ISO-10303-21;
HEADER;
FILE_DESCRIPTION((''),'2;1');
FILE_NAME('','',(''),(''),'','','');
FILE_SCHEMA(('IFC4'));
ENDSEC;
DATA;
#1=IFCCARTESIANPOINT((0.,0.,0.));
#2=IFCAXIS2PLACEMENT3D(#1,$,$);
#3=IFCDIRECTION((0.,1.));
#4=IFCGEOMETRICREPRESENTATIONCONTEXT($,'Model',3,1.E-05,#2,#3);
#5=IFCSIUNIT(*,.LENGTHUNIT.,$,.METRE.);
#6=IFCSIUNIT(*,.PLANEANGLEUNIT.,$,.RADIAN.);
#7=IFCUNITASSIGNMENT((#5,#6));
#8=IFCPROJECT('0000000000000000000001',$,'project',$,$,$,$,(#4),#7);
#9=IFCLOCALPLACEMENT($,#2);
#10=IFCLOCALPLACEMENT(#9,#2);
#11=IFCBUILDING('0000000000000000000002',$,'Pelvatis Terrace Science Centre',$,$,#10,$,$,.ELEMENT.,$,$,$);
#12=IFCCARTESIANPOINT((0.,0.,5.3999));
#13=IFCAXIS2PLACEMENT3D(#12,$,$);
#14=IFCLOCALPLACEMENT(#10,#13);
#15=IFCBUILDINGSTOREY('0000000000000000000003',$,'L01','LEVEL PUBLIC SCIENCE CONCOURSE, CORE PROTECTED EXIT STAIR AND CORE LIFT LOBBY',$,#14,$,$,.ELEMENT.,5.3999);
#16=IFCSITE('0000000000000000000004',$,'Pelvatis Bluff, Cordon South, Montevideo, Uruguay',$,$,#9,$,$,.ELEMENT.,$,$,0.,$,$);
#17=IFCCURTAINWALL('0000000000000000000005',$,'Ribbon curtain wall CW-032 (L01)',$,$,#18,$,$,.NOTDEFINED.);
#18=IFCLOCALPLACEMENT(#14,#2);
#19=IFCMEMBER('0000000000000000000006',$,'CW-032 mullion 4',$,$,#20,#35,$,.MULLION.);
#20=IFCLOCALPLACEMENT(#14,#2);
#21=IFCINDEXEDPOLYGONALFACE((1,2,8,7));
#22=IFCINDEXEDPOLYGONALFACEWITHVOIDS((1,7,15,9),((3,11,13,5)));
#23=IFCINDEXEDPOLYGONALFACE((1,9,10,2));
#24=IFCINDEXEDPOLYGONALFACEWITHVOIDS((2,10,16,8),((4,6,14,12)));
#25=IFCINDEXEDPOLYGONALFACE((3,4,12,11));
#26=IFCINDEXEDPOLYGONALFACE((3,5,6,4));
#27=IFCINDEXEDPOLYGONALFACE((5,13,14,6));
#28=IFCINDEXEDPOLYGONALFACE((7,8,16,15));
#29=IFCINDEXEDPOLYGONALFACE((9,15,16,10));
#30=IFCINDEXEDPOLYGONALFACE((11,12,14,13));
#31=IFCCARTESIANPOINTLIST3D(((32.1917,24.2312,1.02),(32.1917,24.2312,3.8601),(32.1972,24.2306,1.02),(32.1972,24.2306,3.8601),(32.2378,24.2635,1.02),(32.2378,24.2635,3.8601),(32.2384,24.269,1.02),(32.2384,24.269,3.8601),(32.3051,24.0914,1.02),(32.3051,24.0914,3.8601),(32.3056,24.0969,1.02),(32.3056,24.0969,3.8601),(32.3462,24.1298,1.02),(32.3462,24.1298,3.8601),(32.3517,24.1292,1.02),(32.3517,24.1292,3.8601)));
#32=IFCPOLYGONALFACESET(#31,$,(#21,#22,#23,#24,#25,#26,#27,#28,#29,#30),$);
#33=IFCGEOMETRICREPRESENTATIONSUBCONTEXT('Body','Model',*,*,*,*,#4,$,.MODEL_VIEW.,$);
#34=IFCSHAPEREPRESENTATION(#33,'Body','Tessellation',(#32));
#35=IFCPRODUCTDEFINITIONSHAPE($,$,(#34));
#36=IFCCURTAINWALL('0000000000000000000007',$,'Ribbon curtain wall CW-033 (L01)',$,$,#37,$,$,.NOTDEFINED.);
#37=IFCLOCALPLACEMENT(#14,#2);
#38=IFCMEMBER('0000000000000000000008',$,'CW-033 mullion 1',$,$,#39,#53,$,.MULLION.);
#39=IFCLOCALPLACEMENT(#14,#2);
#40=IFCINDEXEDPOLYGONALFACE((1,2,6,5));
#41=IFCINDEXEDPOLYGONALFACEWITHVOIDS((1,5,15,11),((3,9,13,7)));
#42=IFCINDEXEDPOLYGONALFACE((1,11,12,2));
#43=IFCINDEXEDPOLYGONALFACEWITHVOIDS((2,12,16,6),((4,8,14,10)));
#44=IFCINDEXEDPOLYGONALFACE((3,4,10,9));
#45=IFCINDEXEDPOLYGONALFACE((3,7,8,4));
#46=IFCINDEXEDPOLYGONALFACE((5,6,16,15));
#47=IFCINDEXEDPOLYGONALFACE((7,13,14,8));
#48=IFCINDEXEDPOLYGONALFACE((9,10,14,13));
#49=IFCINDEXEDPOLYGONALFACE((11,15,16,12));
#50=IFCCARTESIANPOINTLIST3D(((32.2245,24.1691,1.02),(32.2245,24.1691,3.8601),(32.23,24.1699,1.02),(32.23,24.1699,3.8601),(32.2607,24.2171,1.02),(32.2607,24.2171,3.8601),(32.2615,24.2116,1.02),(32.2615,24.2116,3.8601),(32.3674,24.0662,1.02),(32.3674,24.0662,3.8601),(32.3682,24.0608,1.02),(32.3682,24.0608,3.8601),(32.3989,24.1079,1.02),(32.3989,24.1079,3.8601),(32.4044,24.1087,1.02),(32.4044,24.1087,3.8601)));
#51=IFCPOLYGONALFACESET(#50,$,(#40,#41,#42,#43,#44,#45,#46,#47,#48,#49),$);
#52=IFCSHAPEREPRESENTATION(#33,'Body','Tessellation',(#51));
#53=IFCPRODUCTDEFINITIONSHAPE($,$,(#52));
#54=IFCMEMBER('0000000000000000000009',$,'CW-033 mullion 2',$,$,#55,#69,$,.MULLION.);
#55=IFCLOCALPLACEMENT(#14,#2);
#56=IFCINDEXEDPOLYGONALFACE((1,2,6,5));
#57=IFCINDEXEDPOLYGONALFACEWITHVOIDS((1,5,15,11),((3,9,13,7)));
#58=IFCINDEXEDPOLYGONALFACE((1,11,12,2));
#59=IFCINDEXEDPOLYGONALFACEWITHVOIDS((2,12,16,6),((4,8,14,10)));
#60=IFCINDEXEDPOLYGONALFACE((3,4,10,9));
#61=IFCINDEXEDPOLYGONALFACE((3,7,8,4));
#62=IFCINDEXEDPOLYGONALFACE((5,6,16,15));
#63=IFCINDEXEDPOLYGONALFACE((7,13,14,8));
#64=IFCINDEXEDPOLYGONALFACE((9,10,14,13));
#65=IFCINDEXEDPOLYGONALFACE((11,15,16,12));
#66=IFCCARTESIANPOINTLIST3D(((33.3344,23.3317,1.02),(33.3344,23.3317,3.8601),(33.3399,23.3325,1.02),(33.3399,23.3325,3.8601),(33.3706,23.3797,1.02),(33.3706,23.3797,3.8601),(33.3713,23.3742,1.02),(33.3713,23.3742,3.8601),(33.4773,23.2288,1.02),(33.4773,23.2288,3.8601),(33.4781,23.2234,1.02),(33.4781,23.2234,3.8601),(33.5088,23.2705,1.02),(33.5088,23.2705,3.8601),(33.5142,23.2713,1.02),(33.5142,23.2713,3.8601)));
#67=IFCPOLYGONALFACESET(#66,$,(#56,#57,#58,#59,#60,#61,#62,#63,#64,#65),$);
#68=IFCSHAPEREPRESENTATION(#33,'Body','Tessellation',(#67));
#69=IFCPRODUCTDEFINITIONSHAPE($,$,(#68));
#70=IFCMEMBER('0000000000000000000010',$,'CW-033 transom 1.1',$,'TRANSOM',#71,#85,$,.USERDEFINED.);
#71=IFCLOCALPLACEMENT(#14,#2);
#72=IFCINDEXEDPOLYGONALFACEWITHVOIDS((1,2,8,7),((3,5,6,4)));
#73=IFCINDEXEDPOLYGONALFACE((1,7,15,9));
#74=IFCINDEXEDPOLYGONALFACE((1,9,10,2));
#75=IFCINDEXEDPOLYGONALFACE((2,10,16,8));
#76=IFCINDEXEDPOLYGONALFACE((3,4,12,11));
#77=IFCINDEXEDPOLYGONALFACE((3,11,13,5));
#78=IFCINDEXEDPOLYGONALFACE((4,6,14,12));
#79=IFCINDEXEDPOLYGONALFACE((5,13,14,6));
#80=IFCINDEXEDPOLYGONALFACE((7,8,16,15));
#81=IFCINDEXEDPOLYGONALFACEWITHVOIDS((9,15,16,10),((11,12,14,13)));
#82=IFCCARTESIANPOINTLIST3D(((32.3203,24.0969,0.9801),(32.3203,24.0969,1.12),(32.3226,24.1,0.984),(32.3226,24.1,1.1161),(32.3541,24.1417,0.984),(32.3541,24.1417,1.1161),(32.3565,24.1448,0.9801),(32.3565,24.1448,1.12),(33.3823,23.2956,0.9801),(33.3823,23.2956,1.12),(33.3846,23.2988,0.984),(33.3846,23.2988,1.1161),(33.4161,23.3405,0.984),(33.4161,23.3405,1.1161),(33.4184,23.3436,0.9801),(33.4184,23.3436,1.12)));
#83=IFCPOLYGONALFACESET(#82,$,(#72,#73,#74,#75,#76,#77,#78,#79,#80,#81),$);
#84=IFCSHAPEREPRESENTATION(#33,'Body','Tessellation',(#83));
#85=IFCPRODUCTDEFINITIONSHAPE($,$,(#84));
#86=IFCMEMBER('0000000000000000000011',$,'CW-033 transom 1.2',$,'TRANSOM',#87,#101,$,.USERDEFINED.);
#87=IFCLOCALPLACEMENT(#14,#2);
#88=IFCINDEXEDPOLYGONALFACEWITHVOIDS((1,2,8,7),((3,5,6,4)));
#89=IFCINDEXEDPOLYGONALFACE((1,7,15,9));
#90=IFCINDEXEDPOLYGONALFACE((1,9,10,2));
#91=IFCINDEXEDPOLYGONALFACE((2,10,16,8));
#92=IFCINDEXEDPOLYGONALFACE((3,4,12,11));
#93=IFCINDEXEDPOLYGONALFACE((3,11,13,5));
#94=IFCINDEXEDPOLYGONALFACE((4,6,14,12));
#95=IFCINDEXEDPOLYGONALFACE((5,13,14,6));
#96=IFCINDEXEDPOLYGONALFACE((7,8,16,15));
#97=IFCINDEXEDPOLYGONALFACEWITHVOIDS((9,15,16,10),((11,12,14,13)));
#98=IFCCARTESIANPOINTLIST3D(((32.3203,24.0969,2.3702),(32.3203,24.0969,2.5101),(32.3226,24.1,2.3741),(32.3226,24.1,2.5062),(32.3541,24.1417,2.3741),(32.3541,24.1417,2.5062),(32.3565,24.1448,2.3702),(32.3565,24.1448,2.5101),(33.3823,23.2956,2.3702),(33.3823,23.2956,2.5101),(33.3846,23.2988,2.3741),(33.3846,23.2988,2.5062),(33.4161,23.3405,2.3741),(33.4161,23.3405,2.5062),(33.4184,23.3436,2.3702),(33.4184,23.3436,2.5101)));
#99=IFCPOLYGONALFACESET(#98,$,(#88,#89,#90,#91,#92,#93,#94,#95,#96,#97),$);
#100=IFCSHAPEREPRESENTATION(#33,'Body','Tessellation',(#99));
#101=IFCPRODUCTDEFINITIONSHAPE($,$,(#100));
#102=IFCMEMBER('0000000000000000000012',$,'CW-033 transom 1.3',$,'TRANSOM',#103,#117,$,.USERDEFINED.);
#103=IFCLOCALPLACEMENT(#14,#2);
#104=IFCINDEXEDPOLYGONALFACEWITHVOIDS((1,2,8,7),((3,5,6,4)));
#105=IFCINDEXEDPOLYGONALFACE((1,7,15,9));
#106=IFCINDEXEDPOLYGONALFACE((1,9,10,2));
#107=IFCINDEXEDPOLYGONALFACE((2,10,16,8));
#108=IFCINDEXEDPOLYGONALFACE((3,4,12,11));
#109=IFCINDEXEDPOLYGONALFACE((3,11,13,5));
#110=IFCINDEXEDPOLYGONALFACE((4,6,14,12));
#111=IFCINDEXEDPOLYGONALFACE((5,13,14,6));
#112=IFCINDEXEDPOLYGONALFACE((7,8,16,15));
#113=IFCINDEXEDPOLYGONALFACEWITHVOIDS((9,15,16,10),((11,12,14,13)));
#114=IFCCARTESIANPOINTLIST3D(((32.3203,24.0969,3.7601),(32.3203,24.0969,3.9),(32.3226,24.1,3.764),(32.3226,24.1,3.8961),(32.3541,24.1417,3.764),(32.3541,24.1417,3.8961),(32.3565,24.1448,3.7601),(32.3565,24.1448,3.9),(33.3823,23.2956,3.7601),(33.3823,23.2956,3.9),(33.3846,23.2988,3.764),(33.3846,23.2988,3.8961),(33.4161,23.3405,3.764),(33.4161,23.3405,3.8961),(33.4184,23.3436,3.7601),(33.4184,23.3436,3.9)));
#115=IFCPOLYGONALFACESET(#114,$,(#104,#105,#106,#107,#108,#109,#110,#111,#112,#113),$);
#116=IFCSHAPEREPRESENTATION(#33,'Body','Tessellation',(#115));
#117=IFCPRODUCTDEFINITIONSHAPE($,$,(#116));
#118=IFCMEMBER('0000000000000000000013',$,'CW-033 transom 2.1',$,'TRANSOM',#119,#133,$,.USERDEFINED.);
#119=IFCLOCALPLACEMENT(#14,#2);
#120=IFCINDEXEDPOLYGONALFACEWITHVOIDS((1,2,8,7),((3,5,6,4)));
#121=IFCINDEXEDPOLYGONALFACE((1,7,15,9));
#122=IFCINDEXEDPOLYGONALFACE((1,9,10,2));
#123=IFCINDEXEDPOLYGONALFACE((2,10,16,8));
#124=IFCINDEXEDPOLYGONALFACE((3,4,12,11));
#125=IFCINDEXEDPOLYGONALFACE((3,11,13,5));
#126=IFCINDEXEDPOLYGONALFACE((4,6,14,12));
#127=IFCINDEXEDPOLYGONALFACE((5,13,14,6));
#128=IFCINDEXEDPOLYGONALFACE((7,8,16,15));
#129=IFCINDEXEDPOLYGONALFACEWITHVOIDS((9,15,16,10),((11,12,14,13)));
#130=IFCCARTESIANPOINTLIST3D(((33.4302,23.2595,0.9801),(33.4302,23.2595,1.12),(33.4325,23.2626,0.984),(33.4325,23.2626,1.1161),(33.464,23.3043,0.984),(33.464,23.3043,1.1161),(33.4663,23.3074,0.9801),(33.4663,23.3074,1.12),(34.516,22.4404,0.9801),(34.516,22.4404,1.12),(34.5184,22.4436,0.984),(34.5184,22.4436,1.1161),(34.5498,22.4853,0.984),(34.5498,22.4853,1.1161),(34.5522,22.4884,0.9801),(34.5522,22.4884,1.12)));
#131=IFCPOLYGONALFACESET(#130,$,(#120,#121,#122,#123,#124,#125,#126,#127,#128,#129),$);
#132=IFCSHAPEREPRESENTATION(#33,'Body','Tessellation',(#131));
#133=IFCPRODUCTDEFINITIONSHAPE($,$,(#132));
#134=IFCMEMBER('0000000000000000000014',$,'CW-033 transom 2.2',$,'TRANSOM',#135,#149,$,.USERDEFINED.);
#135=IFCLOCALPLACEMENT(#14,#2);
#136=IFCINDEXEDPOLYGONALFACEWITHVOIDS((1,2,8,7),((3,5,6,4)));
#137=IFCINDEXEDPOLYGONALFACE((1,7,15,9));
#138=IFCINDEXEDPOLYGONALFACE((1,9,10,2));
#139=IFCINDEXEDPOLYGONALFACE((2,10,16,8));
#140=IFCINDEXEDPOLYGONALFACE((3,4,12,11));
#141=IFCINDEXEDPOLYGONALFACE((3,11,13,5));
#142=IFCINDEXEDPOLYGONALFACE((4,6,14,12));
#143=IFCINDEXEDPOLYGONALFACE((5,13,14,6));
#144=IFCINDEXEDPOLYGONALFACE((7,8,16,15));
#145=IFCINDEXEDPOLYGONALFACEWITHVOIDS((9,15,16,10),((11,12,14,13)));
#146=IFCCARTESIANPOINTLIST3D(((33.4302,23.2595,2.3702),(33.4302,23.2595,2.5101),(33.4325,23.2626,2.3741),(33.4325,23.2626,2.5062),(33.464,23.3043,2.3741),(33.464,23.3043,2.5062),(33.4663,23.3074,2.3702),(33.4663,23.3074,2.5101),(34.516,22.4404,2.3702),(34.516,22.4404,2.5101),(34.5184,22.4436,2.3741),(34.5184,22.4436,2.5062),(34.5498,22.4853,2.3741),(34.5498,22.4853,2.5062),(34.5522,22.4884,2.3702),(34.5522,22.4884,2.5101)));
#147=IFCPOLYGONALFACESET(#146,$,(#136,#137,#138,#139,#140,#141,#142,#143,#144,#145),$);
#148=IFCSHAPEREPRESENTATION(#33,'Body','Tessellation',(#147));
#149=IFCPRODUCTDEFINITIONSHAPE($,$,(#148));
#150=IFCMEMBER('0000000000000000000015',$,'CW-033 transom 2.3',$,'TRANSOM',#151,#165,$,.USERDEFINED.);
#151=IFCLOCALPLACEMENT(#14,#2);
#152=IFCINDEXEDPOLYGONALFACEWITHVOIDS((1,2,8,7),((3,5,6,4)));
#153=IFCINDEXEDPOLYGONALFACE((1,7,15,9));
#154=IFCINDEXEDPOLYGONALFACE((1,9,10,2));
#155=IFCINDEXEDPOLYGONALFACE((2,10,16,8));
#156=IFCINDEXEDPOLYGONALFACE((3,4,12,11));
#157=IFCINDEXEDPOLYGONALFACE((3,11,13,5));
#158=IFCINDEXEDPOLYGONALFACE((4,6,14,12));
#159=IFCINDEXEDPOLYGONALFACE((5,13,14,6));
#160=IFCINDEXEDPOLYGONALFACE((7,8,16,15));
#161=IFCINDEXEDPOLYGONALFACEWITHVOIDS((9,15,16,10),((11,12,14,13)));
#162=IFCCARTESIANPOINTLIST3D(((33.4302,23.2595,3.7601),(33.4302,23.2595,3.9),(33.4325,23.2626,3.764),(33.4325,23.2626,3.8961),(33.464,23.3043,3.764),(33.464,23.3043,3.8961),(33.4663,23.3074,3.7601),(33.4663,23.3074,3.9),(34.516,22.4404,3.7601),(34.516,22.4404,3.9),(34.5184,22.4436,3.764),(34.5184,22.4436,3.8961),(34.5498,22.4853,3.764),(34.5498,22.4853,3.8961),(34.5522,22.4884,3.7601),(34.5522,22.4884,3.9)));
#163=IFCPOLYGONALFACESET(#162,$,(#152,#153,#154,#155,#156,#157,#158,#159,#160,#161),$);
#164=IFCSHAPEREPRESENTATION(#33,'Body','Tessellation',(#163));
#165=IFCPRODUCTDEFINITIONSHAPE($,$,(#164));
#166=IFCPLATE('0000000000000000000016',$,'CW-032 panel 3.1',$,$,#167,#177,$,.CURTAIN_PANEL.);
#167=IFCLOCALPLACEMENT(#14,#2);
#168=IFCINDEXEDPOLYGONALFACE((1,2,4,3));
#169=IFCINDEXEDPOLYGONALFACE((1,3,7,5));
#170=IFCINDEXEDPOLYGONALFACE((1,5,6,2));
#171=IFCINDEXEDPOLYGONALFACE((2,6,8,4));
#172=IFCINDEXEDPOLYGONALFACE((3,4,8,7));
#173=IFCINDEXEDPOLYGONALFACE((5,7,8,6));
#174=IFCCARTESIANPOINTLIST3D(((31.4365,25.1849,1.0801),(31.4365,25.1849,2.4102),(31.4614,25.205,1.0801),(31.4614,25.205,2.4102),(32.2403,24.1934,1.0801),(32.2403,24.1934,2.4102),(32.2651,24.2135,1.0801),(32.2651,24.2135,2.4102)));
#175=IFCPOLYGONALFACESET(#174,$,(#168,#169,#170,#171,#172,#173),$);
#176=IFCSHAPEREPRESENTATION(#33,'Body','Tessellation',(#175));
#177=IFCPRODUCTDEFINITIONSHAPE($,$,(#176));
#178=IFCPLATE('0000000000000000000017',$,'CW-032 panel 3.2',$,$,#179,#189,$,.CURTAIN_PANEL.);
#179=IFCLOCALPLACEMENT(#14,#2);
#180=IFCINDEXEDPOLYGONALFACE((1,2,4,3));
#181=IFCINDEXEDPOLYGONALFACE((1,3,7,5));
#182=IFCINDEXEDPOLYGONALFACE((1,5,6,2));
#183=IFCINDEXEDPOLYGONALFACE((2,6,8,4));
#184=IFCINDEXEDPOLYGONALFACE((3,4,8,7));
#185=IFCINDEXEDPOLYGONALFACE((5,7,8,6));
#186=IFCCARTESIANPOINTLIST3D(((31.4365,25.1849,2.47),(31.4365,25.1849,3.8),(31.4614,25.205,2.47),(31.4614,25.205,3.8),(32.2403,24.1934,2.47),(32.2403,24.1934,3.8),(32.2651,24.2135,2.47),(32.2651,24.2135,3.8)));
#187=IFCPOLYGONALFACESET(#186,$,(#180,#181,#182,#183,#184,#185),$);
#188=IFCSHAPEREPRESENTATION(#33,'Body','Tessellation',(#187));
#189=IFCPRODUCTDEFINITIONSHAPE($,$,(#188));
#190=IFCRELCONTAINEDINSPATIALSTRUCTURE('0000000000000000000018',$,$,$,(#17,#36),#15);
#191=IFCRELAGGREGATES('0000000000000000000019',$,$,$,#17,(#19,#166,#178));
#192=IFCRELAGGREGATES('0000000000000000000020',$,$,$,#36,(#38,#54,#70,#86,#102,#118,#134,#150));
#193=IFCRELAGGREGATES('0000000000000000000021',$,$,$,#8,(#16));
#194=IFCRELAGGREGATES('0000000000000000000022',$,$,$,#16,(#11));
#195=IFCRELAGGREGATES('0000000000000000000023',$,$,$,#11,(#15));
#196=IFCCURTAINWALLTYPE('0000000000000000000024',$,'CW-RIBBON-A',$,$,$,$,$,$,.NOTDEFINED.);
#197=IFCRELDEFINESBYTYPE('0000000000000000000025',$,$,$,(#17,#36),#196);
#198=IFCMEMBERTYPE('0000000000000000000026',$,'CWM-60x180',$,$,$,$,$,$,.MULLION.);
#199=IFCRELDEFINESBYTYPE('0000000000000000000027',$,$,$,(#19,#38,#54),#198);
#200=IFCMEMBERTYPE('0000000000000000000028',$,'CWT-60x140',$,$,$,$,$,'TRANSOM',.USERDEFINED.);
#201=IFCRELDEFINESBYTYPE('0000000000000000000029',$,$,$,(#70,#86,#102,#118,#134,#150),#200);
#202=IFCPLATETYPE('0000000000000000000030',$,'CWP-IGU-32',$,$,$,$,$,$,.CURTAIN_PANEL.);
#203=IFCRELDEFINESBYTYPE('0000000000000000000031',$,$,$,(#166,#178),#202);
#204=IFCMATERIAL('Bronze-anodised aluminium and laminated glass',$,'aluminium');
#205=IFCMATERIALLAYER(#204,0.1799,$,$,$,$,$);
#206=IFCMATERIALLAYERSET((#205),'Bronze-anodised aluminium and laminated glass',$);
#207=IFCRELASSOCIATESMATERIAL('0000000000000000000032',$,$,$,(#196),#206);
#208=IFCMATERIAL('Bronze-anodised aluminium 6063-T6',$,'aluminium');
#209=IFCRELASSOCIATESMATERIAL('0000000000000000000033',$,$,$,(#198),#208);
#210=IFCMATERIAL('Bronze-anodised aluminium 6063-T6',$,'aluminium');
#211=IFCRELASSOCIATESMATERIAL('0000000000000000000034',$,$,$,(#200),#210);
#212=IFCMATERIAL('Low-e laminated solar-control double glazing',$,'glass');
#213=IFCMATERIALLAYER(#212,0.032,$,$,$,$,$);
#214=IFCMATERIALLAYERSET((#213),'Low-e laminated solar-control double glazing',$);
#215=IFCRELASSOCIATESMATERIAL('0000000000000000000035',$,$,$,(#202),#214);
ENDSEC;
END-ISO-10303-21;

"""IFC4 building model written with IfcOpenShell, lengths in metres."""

from ifc_helpers import new_model, si_unit, direction, frame, origin, origin_2d, place, context, subcontext, project, spatial, rectangle, hollow_rectangle, extrude, material, layer, layer_set, material_profile, profile_set, type_object, element, aggregate, save


model = new_model("IFC4")

# Units and contexts
model_context = context("Model", 3, precision=1e-05, world=origin(), true_north=direction((0.0, 1.0)))
body_context = subcontext(model_context, "Body", "Model", "MODEL_VIEW")
ifc_project = project(units=[si_unit("LENGTHUNIT", "METRE"), si_unit("PLANEANGLEUNIT", "RADIAN")], contexts=[model_context])

# Site, building, storey
site_placement = place(None, origin())
site = spatial("IfcSite", under=ifc_project, at=site_placement, Name="Pelvatis Bluff, Cordon South, Montevideo, Uruguay", CompositionType="ELEMENT", RefElevation=0.0)
building_placement = place(site_placement, origin())
building = spatial("IfcBuilding", under=site, at=building_placement, Name="Pelvatis Terrace Science Centre", CompositionType="ELEMENT")
storey_placement = place(building_placement, frame((0.0, 0.0, 5.3999)))
storey = spatial("IfcBuildingStorey", under=building, at=storey_placement, Name="L01", Description="LEVEL PUBLIC SCIENCE CONCOURSE, CORE PROTECTED EXIT STAIR AND CORE LIFT LOBBY", CompositionType="ELEMENT", Elevation=5.3999)

# Curtain wall, member
ifc_material_1 = material(Name="Bronze-anodised aluminium and laminated glass", Category="aluminium")
ifc_layer_1 = layer(ifc_material_1, 0.1799)
ifc_layer_set_1 = layer_set([ifc_layer_1], Name="Bronze-anodised aluminium and laminated glass")
curtain_wall_type = type_object("IfcCurtainWallType", Name="CW-RIBBON-A", PredefinedType="NOTDEFINED", material=ifc_layer_set_1)
curtain_wall_1_placement = place(storey_placement, origin())
curtain_wall_1 = element("IfcCurtainWall", 1, at=curtain_wall_1_placement, inside=storey, type_object=curtain_wall_type, Name="Ribbon curtain wall CW-032 (L01)", PredefinedType="NOTDEFINED")
ifc_material_2 = material(Name="Bronze-anodised aluminium 6063-T6", Category="aluminium")
ifc_material_profile_1 = material_profile(ifc_material_2, hollow_rectangle(XDim=0.0601, YDim=0.1799, WallThickness=0.0039, at=origin_2d()), Name="ALU-MUL 60x180")
ifc_profile_set_1 = profile_set([ifc_material_profile_1], Name="Bronze-anodised aluminium 6063-T6")
member_type_1 = type_object("IfcMemberType", Name="CWM-60x180", PredefinedType="MULLION", material=ifc_profile_set_1)
member_1_placement = place(storey_placement, frame((32.2717, 24.1802, 1.02), z_axis=(0.0, 0.0, 1.0), x_axis=(0.776811, 0.629734, 0.0)))
member_1 = element("IfcMember", 2, at=member_1_placement, type_object=member_type_1, Name="CW-032 mullion 4", PredefinedType="MULLION", context=body_context, shape_type="SweptSolid", body=[
    extrude(hollow_rectangle(XDim=0.0601, YDim=0.1799, WallThickness=0.0039, at=origin_2d()), origin(), (0.0, 0.0, 1.0), 2.8401),
])

# Curtain wall, members
curtain_wall_2_placement = place(storey_placement, origin())
curtain_wall_2 = element("IfcCurtainWall", 3, at=curtain_wall_2_placement, inside=storey, type_object=curtain_wall_type, Name="Ribbon curtain wall CW-033 (L01)", PredefinedType="NOTDEFINED")
member_2_placement = place(storey_placement, frame((32.3145, 24.1389, 1.02), z_axis=(0.0, 0.0, 1.0), x_axis=(0.602213, 0.798335, 0.0)))
member_2 = element("IfcMember", 4, at=member_2_placement, type_object=member_type_1, Name="CW-033 mullion 1", PredefinedType="MULLION", context=body_context, shape_type="SweptSolid", body=[
    extrude(hollow_rectangle(XDim=0.0601, YDim=0.1799, WallThickness=0.0039, at=origin_2d()), origin(), (0.0, 0.0, 1.0), 2.8401),
])
member_3_placement = place(storey_placement, frame((33.4243, 23.3015, 1.02), z_axis=(0.0, 0.0, 1.0), x_axis=(0.602213, 0.798335, 0.0)))
member_3 = element("IfcMember", 5, at=member_3_placement, type_object=member_type_1, Name="CW-033 mullion 2", PredefinedType="MULLION", context=body_context, shape_type="SweptSolid", body=[
    extrude(hollow_rectangle(XDim=0.0601, YDim=0.1799, WallThickness=0.0039, at=origin_2d()), origin(), (0.0, 0.0, 1.0), 2.8401),
])
ifc_material_3 = material(Name="Bronze-anodised aluminium 6063-T6", Category="aluminium")
ifc_material_profile_2 = material_profile(ifc_material_3, hollow_rectangle(XDim=0.0601, YDim=0.1399, WallThickness=0.0039, at=origin_2d()), Name="ALU-TRN 60x140")
ifc_profile_set_2 = profile_set([ifc_material_profile_2], Name="Bronze-anodised aluminium 6063-T6")
member_type_2 = type_object("IfcMemberType", Name="CWT-60x140", ElementType="TRANSOM", PredefinedType="USERDEFINED", material=ifc_profile_set_2)
member_4_placement = place(storey_placement, frame((32.3384, 24.1208, 1.05), z_axis=(0.798279, -0.602288, 0.0), x_axis=(0.602288, 0.798279, 0.0)))
member_4 = element("IfcMember", 6, at=member_4_placement, type_object=member_type_2, Name="CW-033 transom 1.1", ObjectType="TRANSOM", PredefinedType="USERDEFINED", context=body_context, shape_type="SweptSolid", body=[
    extrude(hollow_rectangle(XDim=0.0601, YDim=0.1399, WallThickness=0.0039, at=origin_2d()), origin(), (0.0, 0.0, 1.0), 1.3303),
])
member_5_placement = place(storey_placement, frame((32.3384, 24.1208, 2.4402), z_axis=(0.798279, -0.602288, 0.0), x_axis=(0.602288, 0.798279, 0.0)))
member_5 = element("IfcMember", 7, at=member_5_placement, type_object=member_type_2, Name="CW-033 transom 1.2", ObjectType="TRANSOM", PredefinedType="USERDEFINED", context=body_context, shape_type="SweptSolid", body=[
    extrude(hollow_rectangle(XDim=0.0601, YDim=0.1399, WallThickness=0.0039, at=origin_2d()), origin(), (0.0, 0.0, 1.0), 1.3303),
])
member_6_placement = place(storey_placement, frame((32.3384, 24.1208, 3.8301), z_axis=(0.798279, -0.602288, 0.0), x_axis=(0.602288, 0.798279, 0.0)))
member_6 = element("IfcMember", 8, at=member_6_placement, type_object=member_type_2, Name="CW-033 transom 1.3", ObjectType="TRANSOM", PredefinedType="USERDEFINED", context=body_context, shape_type="SweptSolid", body=[
    extrude(hollow_rectangle(XDim=0.0601, YDim=0.1399, WallThickness=0.0039, at=origin_2d()), origin(), (0.0, 0.0, 1.0), 1.3303),
])
member_7_placement = place(storey_placement, frame((33.4482, 23.2834, 1.05), z_axis=(0.79836, -0.60218, 0.0), x_axis=(0.60218, 0.79836, 0.0)))
member_7 = element("IfcMember", 9, at=member_7_placement, type_object=member_type_2, Name="CW-033 transom 2.1", ObjectType="TRANSOM", PredefinedType="USERDEFINED", context=body_context, shape_type="SweptSolid", body=[
    extrude(hollow_rectangle(XDim=0.0601, YDim=0.1399, WallThickness=0.0039, at=origin_2d()), origin(), (0.0, 0.0, 1.0), 1.3601),
])
member_8_placement = place(storey_placement, frame((33.4482, 23.2834, 2.4402), z_axis=(0.79836, -0.60218, 0.0), x_axis=(0.60218, 0.79836, 0.0)))
member_8 = element("IfcMember", 10, at=member_8_placement, type_object=member_type_2, Name="CW-033 transom 2.2", ObjectType="TRANSOM", PredefinedType="USERDEFINED", context=body_context, shape_type="SweptSolid", body=[
    extrude(hollow_rectangle(XDim=0.0601, YDim=0.1399, WallThickness=0.0039, at=origin_2d()), origin(), (0.0, 0.0, 1.0), 1.3601),
])
member_9_placement = place(storey_placement, frame((33.4482, 23.2834, 3.8301), z_axis=(0.79836, -0.60218, 0.0), x_axis=(0.60218, 0.79836, 0.0)))
member_9 = element("IfcMember", 11, at=member_9_placement, type_object=member_type_2, Name="CW-033 transom 2.3", ObjectType="TRANSOM", PredefinedType="USERDEFINED", context=body_context, shape_type="SweptSolid", body=[
    extrude(hollow_rectangle(XDim=0.0601, YDim=0.1399, WallThickness=0.0039, at=origin_2d()), origin(), (0.0, 0.0, 1.0), 1.3601),
])

# Plates
ifc_material_4 = material(Name="Low-e laminated solar-control double glazing", Category="glass")
ifc_layer_2 = layer(ifc_material_4, 0.032)
ifc_layer_set_2 = layer_set([ifc_layer_2], Name="Low-e laminated solar-control double glazing")
plate_type = type_object("IfcPlateType", Name="CWP-IGU-32", PredefinedType="CURTAIN_PANEL", material=ifc_layer_set_2)
plate_1_placement = place(storey_placement, frame((31.8508, 24.6992, 1.0801), z_axis=(0.0, 0.0, 1.0), x_axis=(0.629734, -0.776811, 0.0)))
plate_1 = element("IfcPlate", 12, at=plate_1_placement, type_object=plate_type, Name="CW-032 panel 3.1", PredefinedType="CURTAIN_PANEL", context=body_context, shape_type="SweptSolid", body=[
    extrude(rectangle(XDim=1.2764, YDim=0.032, at=origin_2d()), origin(), (0.0, 0.0, 1.0), 1.3301),
])
plate_2_placement = place(storey_placement, frame((31.8508, 24.6992, 2.47), z_axis=(0.0, 0.0, 1.0), x_axis=(0.629734, -0.776811, 0.0)))
plate_2 = element("IfcPlate", 13, at=plate_2_placement, type_object=plate_type, Name="CW-032 panel 3.2", PredefinedType="CURTAIN_PANEL", context=body_context, shape_type="SweptSolid", body=[
    extrude(rectangle(XDim=1.2764, YDim=0.032, at=origin_2d()), origin(), (0.0, 0.0, 1.0), 1.3301),
])
aggregate(curtain_wall_1, [member_1, plate_1, plate_2])
aggregate(curtain_wall_2, [member_2, member_3, member_4, member_5, member_6, member_7, member_8, member_9])

save(model, "model.ifc")
